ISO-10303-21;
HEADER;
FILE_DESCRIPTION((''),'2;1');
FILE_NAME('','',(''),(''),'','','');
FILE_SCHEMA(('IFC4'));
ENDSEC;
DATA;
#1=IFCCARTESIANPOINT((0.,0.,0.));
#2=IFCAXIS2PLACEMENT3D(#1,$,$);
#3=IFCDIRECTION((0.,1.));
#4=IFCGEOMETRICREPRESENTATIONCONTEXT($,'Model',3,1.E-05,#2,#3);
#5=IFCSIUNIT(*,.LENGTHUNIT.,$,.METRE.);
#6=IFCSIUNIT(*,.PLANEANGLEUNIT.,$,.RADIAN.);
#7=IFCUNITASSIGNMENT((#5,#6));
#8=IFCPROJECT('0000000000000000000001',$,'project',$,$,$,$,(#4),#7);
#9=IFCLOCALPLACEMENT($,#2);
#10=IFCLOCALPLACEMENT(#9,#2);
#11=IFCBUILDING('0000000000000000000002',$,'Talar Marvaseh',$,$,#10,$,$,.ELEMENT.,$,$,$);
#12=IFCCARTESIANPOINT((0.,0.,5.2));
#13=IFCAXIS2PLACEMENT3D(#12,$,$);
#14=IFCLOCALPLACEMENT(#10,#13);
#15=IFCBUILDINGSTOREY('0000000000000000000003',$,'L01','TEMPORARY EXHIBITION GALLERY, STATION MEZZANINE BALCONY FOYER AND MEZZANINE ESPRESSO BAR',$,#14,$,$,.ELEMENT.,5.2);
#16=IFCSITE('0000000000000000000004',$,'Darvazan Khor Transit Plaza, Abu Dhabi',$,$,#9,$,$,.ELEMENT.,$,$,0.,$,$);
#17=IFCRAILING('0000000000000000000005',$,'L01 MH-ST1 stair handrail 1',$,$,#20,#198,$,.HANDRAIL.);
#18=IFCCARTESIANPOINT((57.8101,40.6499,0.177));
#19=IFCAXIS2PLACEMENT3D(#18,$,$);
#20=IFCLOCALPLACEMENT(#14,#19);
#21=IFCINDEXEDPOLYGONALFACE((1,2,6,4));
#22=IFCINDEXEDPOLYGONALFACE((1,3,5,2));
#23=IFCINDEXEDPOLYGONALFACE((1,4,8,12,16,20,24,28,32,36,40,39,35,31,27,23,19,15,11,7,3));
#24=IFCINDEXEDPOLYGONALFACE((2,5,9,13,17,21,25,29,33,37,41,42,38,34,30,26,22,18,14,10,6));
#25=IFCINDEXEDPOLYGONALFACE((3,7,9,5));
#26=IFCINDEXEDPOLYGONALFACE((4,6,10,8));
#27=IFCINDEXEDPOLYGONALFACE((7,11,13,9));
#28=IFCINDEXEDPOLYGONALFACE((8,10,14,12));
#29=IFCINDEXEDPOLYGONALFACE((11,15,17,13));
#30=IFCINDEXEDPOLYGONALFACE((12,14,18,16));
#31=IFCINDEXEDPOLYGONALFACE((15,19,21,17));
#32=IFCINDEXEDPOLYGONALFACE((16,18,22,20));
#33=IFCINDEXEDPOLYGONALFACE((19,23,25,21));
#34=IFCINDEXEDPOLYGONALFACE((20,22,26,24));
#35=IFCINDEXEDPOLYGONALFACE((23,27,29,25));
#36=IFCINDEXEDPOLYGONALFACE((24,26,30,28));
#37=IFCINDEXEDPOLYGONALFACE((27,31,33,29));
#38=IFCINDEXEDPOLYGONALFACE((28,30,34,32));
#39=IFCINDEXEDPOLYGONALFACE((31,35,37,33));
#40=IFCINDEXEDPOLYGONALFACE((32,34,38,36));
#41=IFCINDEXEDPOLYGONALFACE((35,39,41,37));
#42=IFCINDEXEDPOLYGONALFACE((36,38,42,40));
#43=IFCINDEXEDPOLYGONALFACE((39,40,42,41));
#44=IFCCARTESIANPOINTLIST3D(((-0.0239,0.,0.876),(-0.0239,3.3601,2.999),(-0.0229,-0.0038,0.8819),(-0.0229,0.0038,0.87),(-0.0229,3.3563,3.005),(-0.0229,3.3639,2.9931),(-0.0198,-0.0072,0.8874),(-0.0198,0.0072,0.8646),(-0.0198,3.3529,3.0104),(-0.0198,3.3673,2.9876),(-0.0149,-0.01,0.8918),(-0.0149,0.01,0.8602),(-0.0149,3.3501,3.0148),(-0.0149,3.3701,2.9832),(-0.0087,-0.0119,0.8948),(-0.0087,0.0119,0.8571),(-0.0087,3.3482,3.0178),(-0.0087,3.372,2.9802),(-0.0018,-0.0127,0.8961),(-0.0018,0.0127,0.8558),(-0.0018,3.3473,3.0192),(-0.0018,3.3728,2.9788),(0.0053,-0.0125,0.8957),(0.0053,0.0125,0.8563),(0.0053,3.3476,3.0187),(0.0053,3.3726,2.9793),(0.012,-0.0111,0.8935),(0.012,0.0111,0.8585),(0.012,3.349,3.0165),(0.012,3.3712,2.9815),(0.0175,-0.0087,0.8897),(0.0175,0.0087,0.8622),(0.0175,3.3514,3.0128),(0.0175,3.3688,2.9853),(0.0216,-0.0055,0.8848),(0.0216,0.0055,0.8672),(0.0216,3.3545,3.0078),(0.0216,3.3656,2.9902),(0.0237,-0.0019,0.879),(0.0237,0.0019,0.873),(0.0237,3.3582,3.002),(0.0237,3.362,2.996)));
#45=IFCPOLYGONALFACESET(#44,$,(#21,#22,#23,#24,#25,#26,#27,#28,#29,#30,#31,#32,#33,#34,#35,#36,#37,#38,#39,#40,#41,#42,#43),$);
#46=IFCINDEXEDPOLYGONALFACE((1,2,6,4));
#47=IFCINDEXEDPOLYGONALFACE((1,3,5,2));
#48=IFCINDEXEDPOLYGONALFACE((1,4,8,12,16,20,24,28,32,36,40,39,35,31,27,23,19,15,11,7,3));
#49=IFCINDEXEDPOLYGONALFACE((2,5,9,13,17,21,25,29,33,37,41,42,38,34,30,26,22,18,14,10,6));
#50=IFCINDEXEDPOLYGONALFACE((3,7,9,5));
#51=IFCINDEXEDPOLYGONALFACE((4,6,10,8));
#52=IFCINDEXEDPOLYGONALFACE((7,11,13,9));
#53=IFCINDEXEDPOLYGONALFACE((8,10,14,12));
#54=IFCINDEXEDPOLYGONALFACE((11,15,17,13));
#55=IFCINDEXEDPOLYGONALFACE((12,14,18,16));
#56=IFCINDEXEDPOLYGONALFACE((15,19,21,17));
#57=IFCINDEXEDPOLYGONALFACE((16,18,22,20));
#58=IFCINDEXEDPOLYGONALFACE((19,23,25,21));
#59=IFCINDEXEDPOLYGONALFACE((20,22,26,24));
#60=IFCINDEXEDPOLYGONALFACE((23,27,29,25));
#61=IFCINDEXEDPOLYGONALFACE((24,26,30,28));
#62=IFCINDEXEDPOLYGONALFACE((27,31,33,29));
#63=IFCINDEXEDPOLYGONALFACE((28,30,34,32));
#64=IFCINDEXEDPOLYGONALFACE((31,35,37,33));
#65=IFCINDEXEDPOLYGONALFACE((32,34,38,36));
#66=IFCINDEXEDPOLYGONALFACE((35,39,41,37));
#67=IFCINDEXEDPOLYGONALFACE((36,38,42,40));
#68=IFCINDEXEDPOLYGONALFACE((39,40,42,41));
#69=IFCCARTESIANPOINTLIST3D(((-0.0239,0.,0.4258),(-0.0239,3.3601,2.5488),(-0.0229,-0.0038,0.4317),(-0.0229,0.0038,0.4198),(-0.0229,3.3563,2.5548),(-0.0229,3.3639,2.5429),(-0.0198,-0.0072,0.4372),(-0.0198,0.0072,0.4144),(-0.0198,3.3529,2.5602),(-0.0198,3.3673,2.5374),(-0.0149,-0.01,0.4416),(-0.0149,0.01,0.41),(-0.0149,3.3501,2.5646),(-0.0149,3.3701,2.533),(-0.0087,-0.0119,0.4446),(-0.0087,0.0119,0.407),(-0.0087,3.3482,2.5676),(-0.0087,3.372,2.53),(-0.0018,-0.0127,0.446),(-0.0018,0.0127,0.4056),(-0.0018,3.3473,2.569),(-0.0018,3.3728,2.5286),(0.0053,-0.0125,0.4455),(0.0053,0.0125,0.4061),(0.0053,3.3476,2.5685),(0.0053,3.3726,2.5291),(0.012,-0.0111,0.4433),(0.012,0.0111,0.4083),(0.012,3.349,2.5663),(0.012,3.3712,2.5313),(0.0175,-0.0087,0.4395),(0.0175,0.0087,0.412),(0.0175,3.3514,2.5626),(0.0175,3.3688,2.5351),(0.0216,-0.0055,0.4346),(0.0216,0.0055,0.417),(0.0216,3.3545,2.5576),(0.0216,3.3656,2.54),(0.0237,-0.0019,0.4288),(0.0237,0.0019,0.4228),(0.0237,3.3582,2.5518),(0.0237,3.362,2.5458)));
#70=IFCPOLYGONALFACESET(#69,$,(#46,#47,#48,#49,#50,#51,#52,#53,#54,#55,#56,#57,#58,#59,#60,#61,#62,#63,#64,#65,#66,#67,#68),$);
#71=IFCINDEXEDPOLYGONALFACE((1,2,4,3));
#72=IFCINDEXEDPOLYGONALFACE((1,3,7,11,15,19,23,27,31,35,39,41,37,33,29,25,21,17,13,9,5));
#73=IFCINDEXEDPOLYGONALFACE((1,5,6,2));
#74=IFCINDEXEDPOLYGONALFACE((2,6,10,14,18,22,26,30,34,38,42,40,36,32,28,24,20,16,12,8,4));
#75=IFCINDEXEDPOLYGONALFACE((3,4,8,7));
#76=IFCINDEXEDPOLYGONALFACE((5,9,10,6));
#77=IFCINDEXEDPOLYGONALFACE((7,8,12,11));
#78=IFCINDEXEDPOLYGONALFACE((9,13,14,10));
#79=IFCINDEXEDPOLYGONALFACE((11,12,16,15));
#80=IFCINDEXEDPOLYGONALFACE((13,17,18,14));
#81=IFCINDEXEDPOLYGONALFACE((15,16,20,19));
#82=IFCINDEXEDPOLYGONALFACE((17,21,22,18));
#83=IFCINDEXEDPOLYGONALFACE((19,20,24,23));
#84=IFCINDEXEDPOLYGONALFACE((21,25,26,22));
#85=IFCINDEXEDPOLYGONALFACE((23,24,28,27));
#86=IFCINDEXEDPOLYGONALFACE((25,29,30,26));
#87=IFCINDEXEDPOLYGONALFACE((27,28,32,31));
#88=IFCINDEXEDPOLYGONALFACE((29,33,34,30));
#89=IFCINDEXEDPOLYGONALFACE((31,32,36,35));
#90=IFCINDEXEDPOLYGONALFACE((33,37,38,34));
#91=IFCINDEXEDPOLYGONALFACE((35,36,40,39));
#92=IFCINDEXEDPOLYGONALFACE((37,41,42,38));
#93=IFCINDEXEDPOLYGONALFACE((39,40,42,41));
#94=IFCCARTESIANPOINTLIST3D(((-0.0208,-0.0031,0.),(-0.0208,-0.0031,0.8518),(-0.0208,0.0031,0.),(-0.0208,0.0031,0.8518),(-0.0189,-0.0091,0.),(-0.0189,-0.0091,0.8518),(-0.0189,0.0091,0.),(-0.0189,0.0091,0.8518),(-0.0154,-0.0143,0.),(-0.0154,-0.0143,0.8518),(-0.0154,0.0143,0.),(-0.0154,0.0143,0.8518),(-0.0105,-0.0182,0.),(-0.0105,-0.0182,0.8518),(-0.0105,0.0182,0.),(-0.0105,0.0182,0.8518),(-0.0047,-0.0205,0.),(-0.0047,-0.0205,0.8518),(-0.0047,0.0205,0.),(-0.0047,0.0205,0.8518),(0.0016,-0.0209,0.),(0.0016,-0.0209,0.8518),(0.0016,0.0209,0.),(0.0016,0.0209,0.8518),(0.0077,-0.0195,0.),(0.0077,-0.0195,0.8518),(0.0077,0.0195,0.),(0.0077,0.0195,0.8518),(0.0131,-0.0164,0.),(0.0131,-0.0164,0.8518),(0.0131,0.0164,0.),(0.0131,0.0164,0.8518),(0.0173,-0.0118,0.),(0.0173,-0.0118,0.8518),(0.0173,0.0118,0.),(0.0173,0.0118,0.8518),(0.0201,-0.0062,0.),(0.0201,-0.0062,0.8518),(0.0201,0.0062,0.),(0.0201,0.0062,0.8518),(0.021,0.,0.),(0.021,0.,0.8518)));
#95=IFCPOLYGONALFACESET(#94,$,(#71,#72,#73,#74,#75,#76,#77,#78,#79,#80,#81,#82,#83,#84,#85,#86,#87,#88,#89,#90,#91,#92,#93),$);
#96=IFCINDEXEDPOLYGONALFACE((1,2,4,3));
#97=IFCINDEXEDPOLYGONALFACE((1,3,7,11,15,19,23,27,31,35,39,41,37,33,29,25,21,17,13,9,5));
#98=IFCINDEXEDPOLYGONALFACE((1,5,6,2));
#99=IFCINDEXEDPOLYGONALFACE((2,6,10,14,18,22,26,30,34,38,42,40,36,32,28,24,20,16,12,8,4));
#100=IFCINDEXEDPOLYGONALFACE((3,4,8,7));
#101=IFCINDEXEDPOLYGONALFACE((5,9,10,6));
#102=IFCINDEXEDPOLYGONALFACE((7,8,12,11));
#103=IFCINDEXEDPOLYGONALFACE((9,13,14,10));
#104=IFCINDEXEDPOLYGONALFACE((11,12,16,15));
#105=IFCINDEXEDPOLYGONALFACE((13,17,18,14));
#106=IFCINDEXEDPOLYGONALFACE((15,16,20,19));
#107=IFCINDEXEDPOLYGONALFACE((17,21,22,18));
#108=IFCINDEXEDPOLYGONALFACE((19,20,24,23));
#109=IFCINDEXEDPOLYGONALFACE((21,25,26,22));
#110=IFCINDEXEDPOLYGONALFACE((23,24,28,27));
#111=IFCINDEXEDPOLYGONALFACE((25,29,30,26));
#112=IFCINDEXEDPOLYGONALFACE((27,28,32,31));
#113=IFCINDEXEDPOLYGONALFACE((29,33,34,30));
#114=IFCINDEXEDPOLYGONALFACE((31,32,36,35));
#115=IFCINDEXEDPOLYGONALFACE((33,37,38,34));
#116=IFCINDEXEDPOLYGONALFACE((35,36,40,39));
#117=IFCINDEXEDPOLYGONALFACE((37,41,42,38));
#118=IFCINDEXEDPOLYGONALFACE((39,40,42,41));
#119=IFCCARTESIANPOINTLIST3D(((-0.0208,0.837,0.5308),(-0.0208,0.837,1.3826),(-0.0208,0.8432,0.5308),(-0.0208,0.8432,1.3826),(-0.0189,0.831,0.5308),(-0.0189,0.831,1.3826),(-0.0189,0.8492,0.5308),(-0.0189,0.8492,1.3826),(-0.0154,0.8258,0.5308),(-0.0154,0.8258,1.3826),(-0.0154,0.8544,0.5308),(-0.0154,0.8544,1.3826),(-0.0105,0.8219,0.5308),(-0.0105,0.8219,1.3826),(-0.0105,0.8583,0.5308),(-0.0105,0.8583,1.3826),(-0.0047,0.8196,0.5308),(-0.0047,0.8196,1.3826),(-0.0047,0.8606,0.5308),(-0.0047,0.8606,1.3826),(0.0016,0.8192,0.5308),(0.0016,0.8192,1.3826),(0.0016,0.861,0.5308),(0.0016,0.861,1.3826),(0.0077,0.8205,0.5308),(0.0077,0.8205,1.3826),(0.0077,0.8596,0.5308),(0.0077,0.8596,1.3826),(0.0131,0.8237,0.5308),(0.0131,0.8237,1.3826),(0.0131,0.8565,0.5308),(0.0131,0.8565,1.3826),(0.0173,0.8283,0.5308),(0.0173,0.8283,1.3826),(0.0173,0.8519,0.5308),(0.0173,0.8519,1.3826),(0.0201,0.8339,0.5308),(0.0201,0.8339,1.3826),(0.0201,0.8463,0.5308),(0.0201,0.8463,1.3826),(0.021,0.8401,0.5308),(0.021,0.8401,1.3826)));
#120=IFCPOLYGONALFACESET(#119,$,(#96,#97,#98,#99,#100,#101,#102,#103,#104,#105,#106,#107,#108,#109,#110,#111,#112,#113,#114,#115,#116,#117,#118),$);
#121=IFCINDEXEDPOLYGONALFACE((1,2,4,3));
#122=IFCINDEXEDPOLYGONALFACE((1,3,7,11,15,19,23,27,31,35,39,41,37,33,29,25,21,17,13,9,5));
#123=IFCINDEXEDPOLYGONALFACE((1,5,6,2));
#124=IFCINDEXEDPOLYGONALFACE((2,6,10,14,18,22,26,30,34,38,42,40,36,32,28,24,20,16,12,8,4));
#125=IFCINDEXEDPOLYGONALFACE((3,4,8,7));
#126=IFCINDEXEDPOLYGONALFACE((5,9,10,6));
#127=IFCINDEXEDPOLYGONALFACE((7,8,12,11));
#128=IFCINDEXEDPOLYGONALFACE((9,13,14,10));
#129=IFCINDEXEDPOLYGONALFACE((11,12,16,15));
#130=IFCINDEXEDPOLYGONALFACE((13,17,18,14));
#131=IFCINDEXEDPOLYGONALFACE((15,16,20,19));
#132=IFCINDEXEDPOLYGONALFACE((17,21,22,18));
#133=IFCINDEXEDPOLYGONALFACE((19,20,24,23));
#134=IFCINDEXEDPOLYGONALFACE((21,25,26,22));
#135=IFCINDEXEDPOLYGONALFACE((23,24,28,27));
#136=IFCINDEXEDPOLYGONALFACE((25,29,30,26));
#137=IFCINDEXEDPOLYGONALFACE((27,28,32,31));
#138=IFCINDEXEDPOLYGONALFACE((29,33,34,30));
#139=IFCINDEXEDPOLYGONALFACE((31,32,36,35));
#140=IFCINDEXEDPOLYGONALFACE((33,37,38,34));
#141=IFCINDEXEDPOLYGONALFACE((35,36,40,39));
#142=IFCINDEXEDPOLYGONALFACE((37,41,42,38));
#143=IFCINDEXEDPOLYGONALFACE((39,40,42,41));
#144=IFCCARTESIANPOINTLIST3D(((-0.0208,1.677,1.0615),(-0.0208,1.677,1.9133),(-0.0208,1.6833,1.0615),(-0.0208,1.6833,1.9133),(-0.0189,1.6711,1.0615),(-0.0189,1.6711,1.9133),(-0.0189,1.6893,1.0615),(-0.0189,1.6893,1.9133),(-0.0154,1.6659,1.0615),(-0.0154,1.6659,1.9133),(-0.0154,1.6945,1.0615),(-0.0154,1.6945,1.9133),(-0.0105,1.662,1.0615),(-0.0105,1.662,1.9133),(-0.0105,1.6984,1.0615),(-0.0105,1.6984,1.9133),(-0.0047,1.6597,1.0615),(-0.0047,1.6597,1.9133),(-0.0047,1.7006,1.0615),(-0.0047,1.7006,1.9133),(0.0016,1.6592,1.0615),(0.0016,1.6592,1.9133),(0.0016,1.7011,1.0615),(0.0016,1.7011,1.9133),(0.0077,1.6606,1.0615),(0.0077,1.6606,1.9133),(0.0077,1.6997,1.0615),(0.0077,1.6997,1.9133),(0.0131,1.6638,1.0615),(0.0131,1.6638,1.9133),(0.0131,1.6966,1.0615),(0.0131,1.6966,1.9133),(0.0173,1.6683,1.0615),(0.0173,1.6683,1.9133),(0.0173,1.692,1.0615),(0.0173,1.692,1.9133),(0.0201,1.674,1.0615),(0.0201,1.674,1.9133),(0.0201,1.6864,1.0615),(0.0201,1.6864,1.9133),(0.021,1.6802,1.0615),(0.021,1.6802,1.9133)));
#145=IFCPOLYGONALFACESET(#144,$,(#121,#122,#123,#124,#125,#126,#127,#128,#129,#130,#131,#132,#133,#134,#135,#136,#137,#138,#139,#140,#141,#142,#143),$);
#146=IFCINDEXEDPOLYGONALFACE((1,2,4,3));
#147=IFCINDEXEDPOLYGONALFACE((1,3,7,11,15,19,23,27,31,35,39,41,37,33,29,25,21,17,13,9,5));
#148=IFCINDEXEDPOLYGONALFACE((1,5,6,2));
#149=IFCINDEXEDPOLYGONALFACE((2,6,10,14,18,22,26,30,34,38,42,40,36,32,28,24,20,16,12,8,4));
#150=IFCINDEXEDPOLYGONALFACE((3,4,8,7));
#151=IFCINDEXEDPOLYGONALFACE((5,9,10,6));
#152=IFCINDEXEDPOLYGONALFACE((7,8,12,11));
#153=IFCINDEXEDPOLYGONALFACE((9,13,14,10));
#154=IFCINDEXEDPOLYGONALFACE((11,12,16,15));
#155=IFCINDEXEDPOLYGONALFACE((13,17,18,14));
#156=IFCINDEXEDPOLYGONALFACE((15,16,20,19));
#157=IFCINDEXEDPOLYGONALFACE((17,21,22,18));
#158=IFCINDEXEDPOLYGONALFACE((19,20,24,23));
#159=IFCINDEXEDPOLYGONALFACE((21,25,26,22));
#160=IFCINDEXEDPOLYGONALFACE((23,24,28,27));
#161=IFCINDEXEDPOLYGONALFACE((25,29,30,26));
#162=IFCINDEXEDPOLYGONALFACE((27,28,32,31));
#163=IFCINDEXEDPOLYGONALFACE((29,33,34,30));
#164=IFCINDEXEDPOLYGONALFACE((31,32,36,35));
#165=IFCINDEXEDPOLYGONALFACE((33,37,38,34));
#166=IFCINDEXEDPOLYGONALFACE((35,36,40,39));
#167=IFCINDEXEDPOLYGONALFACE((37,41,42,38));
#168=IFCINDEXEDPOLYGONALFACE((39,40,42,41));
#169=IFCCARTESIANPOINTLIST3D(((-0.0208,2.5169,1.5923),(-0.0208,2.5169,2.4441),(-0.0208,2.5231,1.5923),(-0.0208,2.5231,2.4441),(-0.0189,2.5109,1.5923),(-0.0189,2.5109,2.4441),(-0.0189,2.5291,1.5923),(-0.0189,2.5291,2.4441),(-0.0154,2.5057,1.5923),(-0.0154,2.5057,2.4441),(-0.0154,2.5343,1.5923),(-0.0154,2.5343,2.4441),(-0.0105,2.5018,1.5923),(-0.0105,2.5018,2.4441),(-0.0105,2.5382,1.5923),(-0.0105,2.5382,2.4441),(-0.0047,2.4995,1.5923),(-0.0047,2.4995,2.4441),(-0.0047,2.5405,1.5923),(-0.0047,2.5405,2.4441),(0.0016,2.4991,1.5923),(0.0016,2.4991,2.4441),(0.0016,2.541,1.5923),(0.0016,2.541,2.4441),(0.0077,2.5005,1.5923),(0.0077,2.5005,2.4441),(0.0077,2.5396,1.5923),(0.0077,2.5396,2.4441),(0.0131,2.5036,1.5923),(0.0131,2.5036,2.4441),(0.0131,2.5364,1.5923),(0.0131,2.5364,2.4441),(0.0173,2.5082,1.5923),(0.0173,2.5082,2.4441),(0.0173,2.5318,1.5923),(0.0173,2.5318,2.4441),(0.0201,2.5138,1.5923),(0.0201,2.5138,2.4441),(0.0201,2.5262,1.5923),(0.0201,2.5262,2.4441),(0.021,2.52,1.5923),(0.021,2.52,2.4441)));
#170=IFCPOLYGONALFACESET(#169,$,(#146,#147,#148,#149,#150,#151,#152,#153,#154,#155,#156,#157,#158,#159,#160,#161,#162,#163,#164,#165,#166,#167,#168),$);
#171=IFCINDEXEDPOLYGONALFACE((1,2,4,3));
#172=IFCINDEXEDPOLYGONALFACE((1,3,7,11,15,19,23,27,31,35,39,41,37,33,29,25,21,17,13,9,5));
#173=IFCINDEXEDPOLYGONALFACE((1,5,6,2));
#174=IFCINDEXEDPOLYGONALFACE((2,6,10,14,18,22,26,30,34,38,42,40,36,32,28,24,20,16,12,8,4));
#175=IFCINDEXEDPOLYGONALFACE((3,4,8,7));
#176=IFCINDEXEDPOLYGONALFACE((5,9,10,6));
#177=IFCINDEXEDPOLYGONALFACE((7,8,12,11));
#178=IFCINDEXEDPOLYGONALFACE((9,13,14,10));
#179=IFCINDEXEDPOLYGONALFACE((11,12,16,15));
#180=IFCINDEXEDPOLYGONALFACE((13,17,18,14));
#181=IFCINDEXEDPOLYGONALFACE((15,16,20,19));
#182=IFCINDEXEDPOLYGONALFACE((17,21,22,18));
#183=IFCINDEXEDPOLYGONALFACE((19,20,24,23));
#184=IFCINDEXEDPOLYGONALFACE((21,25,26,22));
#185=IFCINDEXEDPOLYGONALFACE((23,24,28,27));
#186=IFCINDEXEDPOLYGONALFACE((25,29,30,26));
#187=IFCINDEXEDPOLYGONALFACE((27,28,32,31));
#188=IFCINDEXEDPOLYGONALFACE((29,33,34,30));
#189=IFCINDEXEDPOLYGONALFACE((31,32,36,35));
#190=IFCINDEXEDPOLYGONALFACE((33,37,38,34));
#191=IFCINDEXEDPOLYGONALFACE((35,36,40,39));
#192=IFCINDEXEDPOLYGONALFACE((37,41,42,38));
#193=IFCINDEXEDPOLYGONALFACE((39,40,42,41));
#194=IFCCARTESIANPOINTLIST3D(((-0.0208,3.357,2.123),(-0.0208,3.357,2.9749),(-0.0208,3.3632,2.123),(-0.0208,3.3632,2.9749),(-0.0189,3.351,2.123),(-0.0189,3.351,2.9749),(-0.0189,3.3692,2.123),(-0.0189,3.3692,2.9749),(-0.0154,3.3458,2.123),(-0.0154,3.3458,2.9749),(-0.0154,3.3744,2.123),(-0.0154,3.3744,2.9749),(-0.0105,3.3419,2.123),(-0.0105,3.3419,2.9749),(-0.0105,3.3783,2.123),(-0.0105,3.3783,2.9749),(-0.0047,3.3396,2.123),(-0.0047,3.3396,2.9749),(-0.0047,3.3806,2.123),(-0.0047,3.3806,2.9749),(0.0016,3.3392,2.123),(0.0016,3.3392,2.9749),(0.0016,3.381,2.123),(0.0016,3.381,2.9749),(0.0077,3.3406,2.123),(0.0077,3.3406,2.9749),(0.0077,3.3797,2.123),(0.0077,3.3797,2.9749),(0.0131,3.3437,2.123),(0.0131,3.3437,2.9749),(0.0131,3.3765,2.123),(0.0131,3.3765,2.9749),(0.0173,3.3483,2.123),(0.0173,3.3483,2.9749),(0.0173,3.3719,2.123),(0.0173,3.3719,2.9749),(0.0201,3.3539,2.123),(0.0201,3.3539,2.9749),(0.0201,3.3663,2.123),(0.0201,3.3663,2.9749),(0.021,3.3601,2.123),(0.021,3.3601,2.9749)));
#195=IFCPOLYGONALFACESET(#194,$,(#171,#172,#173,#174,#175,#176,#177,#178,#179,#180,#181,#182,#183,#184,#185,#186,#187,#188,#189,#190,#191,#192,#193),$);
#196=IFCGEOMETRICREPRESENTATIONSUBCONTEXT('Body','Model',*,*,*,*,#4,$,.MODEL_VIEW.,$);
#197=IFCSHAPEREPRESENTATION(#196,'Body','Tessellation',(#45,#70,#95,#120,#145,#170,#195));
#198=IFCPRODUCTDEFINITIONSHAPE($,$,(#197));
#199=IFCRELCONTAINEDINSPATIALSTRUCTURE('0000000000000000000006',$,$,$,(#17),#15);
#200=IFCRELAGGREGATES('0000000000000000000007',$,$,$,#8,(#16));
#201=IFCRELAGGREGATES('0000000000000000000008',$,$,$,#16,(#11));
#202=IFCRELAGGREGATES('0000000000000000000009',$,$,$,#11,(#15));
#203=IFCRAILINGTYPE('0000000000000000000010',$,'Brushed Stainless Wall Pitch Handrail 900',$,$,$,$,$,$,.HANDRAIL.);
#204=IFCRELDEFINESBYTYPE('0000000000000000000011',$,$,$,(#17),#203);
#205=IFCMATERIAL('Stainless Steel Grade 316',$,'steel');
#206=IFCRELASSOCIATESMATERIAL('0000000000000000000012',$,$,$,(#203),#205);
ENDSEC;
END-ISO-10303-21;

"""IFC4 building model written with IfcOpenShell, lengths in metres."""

from ifc_helpers import new_model, si_unit, direction, frame, origin, origin_2d, place, context, subcontext, project, spatial, circle, extrude, material, type_object, element, save


model = new_model("IFC4")

# Units and contexts
model_context = context("Model", 3, precision=1e-05, world=origin(), true_north=direction((0.0, 1.0)))
body_context = subcontext(model_context, "Body", "Model", "MODEL_VIEW")
ifc_project = project(units=[si_unit("LENGTHUNIT", "METRE"), si_unit("PLANEANGLEUNIT", "RADIAN")], contexts=[model_context])

# Site, building, storey
site_placement = place(None, origin())
site = spatial("IfcSite", under=ifc_project, at=site_placement, Name="Darvazan Khor Transit Plaza, Abu Dhabi", CompositionType="ELEMENT", RefElevation=0.0)
building_placement = place(site_placement, origin())
building = spatial("IfcBuilding", under=site, at=building_placement, Name="Talar Marvaseh", CompositionType="ELEMENT")
storey_placement = place(building_placement, frame((0.0, 0.0, 5.2)))
storey = spatial("IfcBuildingStorey", under=building, at=storey_placement, Name="L01", Description="TEMPORARY EXHIBITION GALLERY, STATION MEZZANINE BALCONY FOYER AND MEZZANINE ESPRESSO BAR", CompositionType="ELEMENT", Elevation=5.2)

# Railing
ifc_material_1 = material(Name="Stainless Steel Grade 316", Category="steel")
railing_type_1 = type_object("IfcRailingType", Name="Brushed Stainless Wall Pitch Handrail 900", PredefinedType="HANDRAIL", material=ifc_material_1)
railing_1_placement = place(storey_placement, frame((57.8101, 40.6499, 0.177)))
element("IfcRailing", 1, at=railing_1_placement, inside=storey, type_object=railing_type_1, Name="L01 MH-ST1 stair handrail 1", PredefinedType="HANDRAIL", context=body_context, shape_type="SweptSolid", body=[
    extrude(circle(Radius=0.0239, at=origin_2d()), frame((0.0, 0.0, 0.876), z_axis=(0.0, 0.84539, 0.53415), x_axis=(-1.0, 0.0, 0.0)), (0.0, 0.0, 1.0), 3.9746),
    extrude(circle(Radius=0.0239, at=origin_2d()), frame((0.0, 0.0, 0.4258), z_axis=(0.0, 0.84539, 0.53415), x_axis=(-1.0, 0.0, 0.0)), (0.0, 0.0, 1.0), 3.9746),
    extrude(circle(Radius=0.021, at=origin_2d()), origin(), (0.0, 0.0, 1.0), 0.8518),
    extrude(circle(Radius=0.021, at=origin_2d()), frame((0.0, 0.8401, 0.5308)), (0.0, 0.0, 1.0), 0.8518),
    extrude(circle(Radius=0.021, at=origin_2d()), frame((0.0, 1.6802, 1.0615)), (0.0, 0.0, 1.0), 0.8518),
    extrude(circle(Radius=0.021, at=origin_2d()), frame((0.0, 2.52, 1.5923)), (0.0, 0.0, 1.0), 0.8518),
    extrude(circle(Radius=0.021, at=origin_2d()), frame((0.0, 3.3601, 2.123)), (0.0, 0.0, 1.0), 0.8518),
])

save(model, "model.ifc")
